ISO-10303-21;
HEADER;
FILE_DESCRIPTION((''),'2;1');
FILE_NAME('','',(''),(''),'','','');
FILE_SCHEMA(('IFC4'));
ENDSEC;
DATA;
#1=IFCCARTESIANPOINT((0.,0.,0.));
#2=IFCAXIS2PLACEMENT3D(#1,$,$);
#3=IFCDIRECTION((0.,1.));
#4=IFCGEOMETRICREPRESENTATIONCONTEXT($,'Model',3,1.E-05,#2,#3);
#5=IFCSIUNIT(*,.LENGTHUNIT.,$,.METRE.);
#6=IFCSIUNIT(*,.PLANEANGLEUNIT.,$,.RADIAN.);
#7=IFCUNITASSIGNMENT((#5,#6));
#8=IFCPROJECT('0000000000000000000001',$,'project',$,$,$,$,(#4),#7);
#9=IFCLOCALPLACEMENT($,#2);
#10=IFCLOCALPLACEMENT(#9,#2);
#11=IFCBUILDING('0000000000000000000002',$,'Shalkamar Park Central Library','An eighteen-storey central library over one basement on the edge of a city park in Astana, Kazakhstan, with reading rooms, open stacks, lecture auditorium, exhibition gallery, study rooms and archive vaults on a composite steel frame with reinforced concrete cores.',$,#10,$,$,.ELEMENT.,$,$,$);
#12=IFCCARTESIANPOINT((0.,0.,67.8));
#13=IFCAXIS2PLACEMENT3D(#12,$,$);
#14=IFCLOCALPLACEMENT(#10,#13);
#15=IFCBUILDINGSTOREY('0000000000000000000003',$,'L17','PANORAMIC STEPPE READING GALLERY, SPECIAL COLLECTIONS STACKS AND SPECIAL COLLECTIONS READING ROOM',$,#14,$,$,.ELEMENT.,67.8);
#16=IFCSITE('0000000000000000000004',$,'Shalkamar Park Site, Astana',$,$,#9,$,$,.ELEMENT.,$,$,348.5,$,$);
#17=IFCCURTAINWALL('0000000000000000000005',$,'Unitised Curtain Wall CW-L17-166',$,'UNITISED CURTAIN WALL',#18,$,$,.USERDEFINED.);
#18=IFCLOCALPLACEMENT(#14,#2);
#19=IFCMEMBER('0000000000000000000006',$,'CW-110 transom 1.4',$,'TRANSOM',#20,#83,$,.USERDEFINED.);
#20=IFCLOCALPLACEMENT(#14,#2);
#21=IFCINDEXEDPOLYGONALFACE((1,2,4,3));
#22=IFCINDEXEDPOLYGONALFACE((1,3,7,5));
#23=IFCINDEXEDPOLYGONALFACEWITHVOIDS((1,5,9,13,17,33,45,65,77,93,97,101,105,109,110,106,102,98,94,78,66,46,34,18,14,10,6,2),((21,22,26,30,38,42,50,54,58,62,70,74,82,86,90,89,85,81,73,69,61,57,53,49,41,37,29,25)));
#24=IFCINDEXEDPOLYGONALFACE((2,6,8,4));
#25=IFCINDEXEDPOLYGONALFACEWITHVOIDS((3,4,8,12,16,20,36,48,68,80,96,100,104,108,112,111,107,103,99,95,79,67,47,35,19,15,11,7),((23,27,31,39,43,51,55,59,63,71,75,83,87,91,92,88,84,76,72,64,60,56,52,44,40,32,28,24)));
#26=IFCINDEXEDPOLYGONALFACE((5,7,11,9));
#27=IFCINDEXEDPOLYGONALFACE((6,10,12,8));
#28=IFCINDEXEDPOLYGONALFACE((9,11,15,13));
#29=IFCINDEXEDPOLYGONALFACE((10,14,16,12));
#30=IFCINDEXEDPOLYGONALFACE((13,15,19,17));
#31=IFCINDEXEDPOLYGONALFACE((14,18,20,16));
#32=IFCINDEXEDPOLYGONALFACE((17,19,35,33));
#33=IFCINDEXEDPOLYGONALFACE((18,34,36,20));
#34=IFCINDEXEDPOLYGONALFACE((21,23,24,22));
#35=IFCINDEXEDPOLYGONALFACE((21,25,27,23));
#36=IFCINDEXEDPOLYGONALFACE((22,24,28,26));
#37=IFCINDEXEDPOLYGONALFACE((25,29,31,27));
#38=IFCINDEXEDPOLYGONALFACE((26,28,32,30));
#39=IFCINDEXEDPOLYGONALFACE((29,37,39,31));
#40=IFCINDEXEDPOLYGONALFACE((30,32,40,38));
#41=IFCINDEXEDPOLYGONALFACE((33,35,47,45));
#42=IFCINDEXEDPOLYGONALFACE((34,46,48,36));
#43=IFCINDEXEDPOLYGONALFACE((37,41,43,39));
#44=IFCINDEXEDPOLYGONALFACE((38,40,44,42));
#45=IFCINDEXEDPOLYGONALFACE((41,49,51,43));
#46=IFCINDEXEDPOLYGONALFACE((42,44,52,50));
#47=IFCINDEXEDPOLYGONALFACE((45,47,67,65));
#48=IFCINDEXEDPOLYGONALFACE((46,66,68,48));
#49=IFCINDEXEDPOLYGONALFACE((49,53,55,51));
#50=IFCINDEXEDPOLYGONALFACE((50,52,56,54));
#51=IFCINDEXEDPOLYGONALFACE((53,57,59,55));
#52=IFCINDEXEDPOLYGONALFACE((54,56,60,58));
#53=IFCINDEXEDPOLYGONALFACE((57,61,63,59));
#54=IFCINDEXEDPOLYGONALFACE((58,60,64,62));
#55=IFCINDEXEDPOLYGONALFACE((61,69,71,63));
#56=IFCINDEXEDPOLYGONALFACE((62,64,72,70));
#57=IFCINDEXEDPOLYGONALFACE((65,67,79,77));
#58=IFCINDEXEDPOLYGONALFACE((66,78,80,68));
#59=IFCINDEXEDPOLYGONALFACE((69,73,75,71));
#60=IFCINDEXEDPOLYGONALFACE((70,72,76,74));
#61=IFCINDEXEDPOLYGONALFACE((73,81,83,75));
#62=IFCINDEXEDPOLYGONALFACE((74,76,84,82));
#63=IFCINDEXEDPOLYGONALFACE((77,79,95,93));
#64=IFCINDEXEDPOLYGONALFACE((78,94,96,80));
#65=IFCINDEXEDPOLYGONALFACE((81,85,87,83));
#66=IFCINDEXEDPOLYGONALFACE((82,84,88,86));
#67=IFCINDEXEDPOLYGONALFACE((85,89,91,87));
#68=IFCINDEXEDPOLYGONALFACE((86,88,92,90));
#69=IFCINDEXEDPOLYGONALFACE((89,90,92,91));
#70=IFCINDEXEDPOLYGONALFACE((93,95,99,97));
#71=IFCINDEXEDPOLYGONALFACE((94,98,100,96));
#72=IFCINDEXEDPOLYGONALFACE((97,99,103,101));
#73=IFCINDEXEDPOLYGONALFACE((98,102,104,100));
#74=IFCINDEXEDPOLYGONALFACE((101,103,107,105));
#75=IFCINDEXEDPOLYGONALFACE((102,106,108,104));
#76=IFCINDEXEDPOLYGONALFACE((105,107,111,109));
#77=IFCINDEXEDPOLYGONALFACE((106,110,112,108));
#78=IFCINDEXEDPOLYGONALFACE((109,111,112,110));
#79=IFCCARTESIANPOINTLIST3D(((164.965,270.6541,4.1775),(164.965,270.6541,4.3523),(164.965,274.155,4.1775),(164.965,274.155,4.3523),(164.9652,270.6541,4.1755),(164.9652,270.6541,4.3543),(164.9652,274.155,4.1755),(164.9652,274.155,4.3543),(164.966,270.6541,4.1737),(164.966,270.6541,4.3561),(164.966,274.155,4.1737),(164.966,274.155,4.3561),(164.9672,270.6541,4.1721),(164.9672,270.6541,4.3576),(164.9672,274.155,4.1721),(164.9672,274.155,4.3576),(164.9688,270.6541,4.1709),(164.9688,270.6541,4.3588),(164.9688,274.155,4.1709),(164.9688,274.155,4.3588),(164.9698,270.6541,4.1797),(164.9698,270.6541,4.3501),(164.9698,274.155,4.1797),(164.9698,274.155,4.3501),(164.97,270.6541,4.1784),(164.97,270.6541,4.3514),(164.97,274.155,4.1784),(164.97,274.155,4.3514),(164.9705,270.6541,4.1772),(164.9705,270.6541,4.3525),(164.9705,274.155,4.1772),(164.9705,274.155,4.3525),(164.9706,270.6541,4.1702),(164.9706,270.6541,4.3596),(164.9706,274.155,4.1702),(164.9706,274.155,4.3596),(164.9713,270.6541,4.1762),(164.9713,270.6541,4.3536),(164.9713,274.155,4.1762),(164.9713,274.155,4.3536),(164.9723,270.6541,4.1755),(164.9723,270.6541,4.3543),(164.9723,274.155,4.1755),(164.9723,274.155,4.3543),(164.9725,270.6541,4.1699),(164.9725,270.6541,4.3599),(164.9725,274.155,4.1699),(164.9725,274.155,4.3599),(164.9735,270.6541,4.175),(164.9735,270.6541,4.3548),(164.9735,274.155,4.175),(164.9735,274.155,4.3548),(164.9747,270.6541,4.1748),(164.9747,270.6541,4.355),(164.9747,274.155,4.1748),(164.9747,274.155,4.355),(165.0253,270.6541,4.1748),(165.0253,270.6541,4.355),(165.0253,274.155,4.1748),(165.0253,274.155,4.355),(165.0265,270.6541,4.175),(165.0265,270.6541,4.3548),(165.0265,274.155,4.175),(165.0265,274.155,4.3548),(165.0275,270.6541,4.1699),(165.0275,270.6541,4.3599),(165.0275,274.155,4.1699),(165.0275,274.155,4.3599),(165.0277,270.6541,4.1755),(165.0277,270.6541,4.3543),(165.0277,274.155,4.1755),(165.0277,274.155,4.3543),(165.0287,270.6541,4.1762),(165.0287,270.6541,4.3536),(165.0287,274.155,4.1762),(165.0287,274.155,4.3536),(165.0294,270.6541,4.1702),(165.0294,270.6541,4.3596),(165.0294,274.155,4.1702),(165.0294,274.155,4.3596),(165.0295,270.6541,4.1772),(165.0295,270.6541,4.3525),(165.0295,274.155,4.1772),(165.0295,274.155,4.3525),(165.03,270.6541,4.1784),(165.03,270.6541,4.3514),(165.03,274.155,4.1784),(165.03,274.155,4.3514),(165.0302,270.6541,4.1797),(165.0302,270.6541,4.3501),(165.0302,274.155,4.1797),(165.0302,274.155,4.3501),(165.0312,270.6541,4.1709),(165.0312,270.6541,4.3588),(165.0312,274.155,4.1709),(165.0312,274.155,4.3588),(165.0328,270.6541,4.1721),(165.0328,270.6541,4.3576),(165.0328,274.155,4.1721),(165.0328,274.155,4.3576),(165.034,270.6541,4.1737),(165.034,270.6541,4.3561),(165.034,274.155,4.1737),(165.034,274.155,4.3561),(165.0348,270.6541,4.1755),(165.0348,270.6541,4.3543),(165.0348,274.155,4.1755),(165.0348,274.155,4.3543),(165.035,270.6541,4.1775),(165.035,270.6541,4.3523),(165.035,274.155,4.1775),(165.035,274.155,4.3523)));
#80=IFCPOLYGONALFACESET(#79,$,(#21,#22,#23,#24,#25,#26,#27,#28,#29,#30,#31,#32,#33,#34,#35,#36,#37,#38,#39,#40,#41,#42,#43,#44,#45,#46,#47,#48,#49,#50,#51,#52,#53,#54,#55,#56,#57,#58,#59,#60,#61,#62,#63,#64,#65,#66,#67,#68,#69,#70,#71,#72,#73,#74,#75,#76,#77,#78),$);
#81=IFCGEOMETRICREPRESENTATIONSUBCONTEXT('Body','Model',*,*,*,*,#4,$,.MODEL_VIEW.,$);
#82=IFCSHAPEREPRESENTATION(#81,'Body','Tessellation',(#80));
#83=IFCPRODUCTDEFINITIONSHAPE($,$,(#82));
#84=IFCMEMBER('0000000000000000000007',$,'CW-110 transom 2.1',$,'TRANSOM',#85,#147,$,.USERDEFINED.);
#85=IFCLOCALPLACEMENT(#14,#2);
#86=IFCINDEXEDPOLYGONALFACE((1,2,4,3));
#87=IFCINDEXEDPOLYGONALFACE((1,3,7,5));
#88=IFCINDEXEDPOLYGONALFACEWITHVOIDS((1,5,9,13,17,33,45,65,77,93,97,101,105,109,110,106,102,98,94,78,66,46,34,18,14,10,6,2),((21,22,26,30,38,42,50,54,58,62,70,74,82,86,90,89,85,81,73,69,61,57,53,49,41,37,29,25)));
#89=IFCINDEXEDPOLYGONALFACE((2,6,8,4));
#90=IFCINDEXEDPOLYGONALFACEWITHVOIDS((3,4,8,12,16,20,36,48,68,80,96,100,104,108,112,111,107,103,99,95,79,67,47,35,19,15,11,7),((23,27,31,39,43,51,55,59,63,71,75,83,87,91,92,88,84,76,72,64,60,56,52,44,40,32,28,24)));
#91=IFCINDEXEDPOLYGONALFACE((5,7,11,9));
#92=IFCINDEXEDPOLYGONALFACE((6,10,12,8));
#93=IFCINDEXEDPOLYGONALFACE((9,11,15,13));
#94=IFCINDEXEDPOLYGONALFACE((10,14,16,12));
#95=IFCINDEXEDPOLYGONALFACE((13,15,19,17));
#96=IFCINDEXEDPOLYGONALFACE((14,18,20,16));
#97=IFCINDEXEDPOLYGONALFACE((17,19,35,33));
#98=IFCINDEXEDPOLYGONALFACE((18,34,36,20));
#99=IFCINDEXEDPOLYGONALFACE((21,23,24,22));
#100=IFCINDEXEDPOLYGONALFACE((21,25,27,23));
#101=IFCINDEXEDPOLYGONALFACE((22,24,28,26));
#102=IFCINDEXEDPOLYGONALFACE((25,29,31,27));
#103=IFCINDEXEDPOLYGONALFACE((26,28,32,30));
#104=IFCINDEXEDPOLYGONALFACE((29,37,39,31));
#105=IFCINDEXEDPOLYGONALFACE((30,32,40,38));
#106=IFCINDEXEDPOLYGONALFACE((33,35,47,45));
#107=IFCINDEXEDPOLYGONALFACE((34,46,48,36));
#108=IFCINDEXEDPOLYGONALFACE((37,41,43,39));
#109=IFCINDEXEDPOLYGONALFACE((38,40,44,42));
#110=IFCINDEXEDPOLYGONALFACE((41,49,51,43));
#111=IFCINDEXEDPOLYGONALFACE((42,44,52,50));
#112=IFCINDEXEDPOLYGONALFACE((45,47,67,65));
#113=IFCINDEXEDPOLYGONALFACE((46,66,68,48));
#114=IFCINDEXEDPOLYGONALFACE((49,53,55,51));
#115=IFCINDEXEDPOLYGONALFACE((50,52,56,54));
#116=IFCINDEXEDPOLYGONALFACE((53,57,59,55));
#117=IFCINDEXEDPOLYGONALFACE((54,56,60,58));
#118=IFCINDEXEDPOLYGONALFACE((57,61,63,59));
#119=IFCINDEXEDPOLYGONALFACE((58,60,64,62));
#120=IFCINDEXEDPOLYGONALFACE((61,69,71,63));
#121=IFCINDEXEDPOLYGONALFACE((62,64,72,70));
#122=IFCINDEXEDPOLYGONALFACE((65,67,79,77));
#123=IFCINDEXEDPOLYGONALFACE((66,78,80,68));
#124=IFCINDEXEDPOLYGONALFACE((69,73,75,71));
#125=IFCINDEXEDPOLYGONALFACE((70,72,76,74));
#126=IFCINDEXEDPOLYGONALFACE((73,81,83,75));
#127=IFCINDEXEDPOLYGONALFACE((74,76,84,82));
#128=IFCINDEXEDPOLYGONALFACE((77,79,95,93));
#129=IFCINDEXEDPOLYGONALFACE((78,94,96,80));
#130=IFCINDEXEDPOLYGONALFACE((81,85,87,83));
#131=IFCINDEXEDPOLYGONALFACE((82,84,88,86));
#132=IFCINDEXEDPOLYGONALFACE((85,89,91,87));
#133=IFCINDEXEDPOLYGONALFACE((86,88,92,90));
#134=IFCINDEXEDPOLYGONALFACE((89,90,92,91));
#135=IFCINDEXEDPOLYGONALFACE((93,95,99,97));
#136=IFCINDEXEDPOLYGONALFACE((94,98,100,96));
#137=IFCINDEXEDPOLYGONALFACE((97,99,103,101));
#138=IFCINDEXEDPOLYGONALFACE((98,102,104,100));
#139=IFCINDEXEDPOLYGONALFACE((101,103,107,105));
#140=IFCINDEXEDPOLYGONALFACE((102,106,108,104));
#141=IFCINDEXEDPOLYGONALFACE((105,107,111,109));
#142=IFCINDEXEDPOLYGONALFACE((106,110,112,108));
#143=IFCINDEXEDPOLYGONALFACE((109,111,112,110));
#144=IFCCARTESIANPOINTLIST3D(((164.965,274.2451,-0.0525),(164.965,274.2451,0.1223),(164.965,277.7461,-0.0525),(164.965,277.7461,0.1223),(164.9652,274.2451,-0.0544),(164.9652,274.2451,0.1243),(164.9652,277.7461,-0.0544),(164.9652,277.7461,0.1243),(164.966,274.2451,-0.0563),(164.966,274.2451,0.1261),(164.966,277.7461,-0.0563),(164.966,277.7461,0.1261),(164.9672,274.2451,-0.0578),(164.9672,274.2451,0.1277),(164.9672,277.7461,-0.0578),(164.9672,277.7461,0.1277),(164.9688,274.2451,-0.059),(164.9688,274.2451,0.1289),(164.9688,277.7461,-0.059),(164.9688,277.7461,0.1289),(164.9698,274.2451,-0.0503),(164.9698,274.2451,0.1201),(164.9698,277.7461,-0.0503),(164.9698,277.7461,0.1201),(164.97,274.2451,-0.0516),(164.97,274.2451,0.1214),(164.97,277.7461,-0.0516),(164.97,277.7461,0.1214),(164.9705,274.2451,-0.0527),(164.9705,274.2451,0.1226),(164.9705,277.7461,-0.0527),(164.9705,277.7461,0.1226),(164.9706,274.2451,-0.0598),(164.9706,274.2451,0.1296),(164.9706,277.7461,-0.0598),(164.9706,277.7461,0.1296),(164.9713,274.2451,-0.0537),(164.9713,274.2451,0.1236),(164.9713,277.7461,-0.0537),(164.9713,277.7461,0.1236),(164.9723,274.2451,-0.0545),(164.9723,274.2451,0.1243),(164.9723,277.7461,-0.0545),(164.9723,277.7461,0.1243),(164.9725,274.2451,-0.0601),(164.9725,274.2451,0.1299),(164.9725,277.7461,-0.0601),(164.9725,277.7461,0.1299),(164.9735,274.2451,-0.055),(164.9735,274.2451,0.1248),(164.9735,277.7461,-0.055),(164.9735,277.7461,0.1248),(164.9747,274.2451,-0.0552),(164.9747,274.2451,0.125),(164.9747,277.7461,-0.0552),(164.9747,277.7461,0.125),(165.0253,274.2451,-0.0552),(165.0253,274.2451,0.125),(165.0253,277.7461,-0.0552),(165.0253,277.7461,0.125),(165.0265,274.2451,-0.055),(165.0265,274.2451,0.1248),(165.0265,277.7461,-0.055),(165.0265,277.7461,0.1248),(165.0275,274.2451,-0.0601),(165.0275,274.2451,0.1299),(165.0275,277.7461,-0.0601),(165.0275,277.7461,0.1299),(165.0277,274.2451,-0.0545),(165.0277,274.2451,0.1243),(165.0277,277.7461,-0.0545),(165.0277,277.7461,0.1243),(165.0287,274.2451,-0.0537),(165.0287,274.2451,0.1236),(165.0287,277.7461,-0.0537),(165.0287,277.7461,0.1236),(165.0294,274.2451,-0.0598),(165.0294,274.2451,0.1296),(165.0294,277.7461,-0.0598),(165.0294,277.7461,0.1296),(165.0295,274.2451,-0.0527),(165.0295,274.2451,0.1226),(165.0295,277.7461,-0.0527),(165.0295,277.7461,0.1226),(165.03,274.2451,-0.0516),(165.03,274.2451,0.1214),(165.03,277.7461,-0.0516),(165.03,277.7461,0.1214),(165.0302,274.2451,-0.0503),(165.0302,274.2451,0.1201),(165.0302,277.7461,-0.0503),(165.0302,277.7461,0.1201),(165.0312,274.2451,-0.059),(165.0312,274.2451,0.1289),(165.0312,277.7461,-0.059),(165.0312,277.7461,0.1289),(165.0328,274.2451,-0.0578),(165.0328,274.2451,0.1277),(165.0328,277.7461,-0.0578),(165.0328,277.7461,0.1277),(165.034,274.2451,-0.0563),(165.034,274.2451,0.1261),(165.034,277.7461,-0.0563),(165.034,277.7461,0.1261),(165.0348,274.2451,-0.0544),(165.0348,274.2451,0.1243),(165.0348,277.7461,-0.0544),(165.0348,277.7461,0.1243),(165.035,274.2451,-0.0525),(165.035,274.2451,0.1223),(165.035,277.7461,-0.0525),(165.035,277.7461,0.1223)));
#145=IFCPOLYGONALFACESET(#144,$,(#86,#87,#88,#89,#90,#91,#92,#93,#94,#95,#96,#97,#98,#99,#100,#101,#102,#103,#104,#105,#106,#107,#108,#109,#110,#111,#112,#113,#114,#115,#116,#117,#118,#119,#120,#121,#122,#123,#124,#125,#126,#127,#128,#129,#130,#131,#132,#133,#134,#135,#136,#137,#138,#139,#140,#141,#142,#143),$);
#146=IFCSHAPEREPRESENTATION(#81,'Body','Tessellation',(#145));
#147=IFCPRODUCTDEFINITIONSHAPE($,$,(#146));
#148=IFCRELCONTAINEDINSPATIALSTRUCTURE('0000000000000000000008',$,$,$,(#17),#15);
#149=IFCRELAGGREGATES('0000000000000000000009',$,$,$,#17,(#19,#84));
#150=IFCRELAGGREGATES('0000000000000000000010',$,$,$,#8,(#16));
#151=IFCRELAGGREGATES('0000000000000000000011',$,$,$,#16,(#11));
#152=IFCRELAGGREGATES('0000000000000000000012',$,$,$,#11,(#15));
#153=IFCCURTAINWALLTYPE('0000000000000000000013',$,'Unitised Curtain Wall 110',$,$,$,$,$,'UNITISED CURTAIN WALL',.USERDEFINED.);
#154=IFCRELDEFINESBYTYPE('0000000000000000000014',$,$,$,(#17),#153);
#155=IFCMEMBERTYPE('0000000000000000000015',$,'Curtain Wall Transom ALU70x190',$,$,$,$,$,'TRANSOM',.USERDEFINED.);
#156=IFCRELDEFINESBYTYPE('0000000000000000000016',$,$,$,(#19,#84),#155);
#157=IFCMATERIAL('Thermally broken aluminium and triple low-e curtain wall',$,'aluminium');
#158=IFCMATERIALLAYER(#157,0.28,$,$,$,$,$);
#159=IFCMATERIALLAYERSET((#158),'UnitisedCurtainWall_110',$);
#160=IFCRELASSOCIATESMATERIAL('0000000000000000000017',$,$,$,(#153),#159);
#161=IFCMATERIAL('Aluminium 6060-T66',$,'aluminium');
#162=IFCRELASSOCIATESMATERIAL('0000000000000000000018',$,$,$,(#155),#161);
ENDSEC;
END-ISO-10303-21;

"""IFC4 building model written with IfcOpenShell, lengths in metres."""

from ifc_helpers import new_model, si_unit, direction, frame, origin, origin_2d, place, context, subcontext, project, spatial, hollow_rectangle, extrude, material, layer, layer_set, material_profile, profile_set, type_object, element, aggregate, save


model = new_model("IFC4")

# Units and contexts
model_context = context("Model", 3, precision=1e-05, world=origin(), true_north=direction((0.0, 1.0)))
body_context = subcontext(model_context, "Body", "Model", "MODEL_VIEW")
ifc_project = project(units=[si_unit("LENGTHUNIT", "METRE"), si_unit("PLANEANGLEUNIT", "RADIAN")], contexts=[model_context])

# Site, building, storey
site_placement = place(None, origin())
site = spatial("IfcSite", under=ifc_project, at=site_placement, Name="Shalkamar Park Site, Astana", CompositionType="ELEMENT", RefElevation=348.5)
building_placement = place(site_placement, origin())
building = spatial("IfcBuilding", under=site, at=building_placement, Name="Shalkamar Park Central Library", Description="An eighteen-storey central library over one basement on the edge of a city park in Astana, Kazakhstan, with reading rooms, open stacks, lecture auditorium, exhibition gallery, study rooms and archive vaults on a composite steel frame with reinforced concrete cores.", CompositionType="ELEMENT")
storey_placement = place(building_placement, frame((0.0, 0.0, 67.8)))
storey = spatial("IfcBuildingStorey", under=building, at=storey_placement, Name="L17", Description="PANORAMIC STEPPE READING GALLERY, SPECIAL COLLECTIONS STACKS AND SPECIAL COLLECTIONS READING ROOM", CompositionType="ELEMENT", Elevation=67.8)

# Curtain wall, members
ifc_material_1 = material(Name="Thermally broken aluminium and triple low-e curtain wall", Category="aluminium")
ifc_layer_1 = layer(ifc_material_1, 0.28)
ifc_layer_set_1 = layer_set([ifc_layer_1], Name="UnitisedCurtainWall_110")
curtain_wall_type = type_object("IfcCurtainWallType", Name="Unitised Curtain Wall 110", ElementType="UNITISED CURTAIN WALL", PredefinedType="USERDEFINED", material=ifc_layer_set_1)
curtain_wall_placement = place(storey_placement, origin())
curtain_wall = element("IfcCurtainWall", 1, at=curtain_wall_placement, inside=storey, type_object=curtain_wall_type, Name="Unitised Curtain Wall CW-L17-166", ObjectType="UNITISED CURTAIN WALL", PredefinedType="USERDEFINED")
ifc_material_2 = material(Name="Aluminium 6060-T66", Category="aluminium")
ifc_material_profile_1 = material_profile(ifc_material_2, hollow_rectangle(XDim=0.0701, YDim=0.1899, WallThickness=0.0049, InnerFilletRadius=0.0049, OuterFilletRadius=0.0076, at=origin_2d()), Name="ALU 70x190x5")
ifc_profile_set_1 = profile_set([ifc_material_profile_1], Name="Aluminium 6060-T66")
member_type_1 = type_object("IfcMemberType", Name="Curtain Wall Transom ALU70x190", ElementType="TRANSOM", PredefinedType="USERDEFINED", material=ifc_profile_set_1)
member_1_placement = place(storey_placement, frame((165.0, 270.6541, 4.2649), z_axis=(0.0, 1.0, 0.0), x_axis=(-1.0, 0.0, 0.0)))
member_1 = element("IfcMember", 2, at=member_1_placement, type_object=member_type_1, Name="CW-110 transom 1.4", ObjectType="TRANSOM", PredefinedType="USERDEFINED", context=body_context, shape_type="SweptSolid", body=[
    extrude(hollow_rectangle(XDim=0.0701, YDim=0.1899, WallThickness=0.0049, InnerFilletRadius=0.0049, OuterFilletRadius=0.0076, at=origin_2d()), origin(), (0.0, 0.0, 1.0), 3.501),
])
member_2_placement = place(storey_placement, frame((165.0, 274.2451, 0.0349), z_axis=(0.0, 1.0, 0.0), x_axis=(-1.0, 0.0, 0.0)))
member_2 = element("IfcMember", 3, at=member_2_placement, type_object=member_type_1, Name="CW-110 transom 2.1", ObjectType="TRANSOM", PredefinedType="USERDEFINED", context=body_context, shape_type="SweptSolid", body=[
    extrude(hollow_rectangle(XDim=0.0701, YDim=0.1899, WallThickness=0.0049, InnerFilletRadius=0.0049, OuterFilletRadius=0.0076, at=origin_2d()), origin(), (0.0, 0.0, 1.0), 3.501),
])

aggregate(curtain_wall, [member_1, member_2])

save(model, "model.ifc")
